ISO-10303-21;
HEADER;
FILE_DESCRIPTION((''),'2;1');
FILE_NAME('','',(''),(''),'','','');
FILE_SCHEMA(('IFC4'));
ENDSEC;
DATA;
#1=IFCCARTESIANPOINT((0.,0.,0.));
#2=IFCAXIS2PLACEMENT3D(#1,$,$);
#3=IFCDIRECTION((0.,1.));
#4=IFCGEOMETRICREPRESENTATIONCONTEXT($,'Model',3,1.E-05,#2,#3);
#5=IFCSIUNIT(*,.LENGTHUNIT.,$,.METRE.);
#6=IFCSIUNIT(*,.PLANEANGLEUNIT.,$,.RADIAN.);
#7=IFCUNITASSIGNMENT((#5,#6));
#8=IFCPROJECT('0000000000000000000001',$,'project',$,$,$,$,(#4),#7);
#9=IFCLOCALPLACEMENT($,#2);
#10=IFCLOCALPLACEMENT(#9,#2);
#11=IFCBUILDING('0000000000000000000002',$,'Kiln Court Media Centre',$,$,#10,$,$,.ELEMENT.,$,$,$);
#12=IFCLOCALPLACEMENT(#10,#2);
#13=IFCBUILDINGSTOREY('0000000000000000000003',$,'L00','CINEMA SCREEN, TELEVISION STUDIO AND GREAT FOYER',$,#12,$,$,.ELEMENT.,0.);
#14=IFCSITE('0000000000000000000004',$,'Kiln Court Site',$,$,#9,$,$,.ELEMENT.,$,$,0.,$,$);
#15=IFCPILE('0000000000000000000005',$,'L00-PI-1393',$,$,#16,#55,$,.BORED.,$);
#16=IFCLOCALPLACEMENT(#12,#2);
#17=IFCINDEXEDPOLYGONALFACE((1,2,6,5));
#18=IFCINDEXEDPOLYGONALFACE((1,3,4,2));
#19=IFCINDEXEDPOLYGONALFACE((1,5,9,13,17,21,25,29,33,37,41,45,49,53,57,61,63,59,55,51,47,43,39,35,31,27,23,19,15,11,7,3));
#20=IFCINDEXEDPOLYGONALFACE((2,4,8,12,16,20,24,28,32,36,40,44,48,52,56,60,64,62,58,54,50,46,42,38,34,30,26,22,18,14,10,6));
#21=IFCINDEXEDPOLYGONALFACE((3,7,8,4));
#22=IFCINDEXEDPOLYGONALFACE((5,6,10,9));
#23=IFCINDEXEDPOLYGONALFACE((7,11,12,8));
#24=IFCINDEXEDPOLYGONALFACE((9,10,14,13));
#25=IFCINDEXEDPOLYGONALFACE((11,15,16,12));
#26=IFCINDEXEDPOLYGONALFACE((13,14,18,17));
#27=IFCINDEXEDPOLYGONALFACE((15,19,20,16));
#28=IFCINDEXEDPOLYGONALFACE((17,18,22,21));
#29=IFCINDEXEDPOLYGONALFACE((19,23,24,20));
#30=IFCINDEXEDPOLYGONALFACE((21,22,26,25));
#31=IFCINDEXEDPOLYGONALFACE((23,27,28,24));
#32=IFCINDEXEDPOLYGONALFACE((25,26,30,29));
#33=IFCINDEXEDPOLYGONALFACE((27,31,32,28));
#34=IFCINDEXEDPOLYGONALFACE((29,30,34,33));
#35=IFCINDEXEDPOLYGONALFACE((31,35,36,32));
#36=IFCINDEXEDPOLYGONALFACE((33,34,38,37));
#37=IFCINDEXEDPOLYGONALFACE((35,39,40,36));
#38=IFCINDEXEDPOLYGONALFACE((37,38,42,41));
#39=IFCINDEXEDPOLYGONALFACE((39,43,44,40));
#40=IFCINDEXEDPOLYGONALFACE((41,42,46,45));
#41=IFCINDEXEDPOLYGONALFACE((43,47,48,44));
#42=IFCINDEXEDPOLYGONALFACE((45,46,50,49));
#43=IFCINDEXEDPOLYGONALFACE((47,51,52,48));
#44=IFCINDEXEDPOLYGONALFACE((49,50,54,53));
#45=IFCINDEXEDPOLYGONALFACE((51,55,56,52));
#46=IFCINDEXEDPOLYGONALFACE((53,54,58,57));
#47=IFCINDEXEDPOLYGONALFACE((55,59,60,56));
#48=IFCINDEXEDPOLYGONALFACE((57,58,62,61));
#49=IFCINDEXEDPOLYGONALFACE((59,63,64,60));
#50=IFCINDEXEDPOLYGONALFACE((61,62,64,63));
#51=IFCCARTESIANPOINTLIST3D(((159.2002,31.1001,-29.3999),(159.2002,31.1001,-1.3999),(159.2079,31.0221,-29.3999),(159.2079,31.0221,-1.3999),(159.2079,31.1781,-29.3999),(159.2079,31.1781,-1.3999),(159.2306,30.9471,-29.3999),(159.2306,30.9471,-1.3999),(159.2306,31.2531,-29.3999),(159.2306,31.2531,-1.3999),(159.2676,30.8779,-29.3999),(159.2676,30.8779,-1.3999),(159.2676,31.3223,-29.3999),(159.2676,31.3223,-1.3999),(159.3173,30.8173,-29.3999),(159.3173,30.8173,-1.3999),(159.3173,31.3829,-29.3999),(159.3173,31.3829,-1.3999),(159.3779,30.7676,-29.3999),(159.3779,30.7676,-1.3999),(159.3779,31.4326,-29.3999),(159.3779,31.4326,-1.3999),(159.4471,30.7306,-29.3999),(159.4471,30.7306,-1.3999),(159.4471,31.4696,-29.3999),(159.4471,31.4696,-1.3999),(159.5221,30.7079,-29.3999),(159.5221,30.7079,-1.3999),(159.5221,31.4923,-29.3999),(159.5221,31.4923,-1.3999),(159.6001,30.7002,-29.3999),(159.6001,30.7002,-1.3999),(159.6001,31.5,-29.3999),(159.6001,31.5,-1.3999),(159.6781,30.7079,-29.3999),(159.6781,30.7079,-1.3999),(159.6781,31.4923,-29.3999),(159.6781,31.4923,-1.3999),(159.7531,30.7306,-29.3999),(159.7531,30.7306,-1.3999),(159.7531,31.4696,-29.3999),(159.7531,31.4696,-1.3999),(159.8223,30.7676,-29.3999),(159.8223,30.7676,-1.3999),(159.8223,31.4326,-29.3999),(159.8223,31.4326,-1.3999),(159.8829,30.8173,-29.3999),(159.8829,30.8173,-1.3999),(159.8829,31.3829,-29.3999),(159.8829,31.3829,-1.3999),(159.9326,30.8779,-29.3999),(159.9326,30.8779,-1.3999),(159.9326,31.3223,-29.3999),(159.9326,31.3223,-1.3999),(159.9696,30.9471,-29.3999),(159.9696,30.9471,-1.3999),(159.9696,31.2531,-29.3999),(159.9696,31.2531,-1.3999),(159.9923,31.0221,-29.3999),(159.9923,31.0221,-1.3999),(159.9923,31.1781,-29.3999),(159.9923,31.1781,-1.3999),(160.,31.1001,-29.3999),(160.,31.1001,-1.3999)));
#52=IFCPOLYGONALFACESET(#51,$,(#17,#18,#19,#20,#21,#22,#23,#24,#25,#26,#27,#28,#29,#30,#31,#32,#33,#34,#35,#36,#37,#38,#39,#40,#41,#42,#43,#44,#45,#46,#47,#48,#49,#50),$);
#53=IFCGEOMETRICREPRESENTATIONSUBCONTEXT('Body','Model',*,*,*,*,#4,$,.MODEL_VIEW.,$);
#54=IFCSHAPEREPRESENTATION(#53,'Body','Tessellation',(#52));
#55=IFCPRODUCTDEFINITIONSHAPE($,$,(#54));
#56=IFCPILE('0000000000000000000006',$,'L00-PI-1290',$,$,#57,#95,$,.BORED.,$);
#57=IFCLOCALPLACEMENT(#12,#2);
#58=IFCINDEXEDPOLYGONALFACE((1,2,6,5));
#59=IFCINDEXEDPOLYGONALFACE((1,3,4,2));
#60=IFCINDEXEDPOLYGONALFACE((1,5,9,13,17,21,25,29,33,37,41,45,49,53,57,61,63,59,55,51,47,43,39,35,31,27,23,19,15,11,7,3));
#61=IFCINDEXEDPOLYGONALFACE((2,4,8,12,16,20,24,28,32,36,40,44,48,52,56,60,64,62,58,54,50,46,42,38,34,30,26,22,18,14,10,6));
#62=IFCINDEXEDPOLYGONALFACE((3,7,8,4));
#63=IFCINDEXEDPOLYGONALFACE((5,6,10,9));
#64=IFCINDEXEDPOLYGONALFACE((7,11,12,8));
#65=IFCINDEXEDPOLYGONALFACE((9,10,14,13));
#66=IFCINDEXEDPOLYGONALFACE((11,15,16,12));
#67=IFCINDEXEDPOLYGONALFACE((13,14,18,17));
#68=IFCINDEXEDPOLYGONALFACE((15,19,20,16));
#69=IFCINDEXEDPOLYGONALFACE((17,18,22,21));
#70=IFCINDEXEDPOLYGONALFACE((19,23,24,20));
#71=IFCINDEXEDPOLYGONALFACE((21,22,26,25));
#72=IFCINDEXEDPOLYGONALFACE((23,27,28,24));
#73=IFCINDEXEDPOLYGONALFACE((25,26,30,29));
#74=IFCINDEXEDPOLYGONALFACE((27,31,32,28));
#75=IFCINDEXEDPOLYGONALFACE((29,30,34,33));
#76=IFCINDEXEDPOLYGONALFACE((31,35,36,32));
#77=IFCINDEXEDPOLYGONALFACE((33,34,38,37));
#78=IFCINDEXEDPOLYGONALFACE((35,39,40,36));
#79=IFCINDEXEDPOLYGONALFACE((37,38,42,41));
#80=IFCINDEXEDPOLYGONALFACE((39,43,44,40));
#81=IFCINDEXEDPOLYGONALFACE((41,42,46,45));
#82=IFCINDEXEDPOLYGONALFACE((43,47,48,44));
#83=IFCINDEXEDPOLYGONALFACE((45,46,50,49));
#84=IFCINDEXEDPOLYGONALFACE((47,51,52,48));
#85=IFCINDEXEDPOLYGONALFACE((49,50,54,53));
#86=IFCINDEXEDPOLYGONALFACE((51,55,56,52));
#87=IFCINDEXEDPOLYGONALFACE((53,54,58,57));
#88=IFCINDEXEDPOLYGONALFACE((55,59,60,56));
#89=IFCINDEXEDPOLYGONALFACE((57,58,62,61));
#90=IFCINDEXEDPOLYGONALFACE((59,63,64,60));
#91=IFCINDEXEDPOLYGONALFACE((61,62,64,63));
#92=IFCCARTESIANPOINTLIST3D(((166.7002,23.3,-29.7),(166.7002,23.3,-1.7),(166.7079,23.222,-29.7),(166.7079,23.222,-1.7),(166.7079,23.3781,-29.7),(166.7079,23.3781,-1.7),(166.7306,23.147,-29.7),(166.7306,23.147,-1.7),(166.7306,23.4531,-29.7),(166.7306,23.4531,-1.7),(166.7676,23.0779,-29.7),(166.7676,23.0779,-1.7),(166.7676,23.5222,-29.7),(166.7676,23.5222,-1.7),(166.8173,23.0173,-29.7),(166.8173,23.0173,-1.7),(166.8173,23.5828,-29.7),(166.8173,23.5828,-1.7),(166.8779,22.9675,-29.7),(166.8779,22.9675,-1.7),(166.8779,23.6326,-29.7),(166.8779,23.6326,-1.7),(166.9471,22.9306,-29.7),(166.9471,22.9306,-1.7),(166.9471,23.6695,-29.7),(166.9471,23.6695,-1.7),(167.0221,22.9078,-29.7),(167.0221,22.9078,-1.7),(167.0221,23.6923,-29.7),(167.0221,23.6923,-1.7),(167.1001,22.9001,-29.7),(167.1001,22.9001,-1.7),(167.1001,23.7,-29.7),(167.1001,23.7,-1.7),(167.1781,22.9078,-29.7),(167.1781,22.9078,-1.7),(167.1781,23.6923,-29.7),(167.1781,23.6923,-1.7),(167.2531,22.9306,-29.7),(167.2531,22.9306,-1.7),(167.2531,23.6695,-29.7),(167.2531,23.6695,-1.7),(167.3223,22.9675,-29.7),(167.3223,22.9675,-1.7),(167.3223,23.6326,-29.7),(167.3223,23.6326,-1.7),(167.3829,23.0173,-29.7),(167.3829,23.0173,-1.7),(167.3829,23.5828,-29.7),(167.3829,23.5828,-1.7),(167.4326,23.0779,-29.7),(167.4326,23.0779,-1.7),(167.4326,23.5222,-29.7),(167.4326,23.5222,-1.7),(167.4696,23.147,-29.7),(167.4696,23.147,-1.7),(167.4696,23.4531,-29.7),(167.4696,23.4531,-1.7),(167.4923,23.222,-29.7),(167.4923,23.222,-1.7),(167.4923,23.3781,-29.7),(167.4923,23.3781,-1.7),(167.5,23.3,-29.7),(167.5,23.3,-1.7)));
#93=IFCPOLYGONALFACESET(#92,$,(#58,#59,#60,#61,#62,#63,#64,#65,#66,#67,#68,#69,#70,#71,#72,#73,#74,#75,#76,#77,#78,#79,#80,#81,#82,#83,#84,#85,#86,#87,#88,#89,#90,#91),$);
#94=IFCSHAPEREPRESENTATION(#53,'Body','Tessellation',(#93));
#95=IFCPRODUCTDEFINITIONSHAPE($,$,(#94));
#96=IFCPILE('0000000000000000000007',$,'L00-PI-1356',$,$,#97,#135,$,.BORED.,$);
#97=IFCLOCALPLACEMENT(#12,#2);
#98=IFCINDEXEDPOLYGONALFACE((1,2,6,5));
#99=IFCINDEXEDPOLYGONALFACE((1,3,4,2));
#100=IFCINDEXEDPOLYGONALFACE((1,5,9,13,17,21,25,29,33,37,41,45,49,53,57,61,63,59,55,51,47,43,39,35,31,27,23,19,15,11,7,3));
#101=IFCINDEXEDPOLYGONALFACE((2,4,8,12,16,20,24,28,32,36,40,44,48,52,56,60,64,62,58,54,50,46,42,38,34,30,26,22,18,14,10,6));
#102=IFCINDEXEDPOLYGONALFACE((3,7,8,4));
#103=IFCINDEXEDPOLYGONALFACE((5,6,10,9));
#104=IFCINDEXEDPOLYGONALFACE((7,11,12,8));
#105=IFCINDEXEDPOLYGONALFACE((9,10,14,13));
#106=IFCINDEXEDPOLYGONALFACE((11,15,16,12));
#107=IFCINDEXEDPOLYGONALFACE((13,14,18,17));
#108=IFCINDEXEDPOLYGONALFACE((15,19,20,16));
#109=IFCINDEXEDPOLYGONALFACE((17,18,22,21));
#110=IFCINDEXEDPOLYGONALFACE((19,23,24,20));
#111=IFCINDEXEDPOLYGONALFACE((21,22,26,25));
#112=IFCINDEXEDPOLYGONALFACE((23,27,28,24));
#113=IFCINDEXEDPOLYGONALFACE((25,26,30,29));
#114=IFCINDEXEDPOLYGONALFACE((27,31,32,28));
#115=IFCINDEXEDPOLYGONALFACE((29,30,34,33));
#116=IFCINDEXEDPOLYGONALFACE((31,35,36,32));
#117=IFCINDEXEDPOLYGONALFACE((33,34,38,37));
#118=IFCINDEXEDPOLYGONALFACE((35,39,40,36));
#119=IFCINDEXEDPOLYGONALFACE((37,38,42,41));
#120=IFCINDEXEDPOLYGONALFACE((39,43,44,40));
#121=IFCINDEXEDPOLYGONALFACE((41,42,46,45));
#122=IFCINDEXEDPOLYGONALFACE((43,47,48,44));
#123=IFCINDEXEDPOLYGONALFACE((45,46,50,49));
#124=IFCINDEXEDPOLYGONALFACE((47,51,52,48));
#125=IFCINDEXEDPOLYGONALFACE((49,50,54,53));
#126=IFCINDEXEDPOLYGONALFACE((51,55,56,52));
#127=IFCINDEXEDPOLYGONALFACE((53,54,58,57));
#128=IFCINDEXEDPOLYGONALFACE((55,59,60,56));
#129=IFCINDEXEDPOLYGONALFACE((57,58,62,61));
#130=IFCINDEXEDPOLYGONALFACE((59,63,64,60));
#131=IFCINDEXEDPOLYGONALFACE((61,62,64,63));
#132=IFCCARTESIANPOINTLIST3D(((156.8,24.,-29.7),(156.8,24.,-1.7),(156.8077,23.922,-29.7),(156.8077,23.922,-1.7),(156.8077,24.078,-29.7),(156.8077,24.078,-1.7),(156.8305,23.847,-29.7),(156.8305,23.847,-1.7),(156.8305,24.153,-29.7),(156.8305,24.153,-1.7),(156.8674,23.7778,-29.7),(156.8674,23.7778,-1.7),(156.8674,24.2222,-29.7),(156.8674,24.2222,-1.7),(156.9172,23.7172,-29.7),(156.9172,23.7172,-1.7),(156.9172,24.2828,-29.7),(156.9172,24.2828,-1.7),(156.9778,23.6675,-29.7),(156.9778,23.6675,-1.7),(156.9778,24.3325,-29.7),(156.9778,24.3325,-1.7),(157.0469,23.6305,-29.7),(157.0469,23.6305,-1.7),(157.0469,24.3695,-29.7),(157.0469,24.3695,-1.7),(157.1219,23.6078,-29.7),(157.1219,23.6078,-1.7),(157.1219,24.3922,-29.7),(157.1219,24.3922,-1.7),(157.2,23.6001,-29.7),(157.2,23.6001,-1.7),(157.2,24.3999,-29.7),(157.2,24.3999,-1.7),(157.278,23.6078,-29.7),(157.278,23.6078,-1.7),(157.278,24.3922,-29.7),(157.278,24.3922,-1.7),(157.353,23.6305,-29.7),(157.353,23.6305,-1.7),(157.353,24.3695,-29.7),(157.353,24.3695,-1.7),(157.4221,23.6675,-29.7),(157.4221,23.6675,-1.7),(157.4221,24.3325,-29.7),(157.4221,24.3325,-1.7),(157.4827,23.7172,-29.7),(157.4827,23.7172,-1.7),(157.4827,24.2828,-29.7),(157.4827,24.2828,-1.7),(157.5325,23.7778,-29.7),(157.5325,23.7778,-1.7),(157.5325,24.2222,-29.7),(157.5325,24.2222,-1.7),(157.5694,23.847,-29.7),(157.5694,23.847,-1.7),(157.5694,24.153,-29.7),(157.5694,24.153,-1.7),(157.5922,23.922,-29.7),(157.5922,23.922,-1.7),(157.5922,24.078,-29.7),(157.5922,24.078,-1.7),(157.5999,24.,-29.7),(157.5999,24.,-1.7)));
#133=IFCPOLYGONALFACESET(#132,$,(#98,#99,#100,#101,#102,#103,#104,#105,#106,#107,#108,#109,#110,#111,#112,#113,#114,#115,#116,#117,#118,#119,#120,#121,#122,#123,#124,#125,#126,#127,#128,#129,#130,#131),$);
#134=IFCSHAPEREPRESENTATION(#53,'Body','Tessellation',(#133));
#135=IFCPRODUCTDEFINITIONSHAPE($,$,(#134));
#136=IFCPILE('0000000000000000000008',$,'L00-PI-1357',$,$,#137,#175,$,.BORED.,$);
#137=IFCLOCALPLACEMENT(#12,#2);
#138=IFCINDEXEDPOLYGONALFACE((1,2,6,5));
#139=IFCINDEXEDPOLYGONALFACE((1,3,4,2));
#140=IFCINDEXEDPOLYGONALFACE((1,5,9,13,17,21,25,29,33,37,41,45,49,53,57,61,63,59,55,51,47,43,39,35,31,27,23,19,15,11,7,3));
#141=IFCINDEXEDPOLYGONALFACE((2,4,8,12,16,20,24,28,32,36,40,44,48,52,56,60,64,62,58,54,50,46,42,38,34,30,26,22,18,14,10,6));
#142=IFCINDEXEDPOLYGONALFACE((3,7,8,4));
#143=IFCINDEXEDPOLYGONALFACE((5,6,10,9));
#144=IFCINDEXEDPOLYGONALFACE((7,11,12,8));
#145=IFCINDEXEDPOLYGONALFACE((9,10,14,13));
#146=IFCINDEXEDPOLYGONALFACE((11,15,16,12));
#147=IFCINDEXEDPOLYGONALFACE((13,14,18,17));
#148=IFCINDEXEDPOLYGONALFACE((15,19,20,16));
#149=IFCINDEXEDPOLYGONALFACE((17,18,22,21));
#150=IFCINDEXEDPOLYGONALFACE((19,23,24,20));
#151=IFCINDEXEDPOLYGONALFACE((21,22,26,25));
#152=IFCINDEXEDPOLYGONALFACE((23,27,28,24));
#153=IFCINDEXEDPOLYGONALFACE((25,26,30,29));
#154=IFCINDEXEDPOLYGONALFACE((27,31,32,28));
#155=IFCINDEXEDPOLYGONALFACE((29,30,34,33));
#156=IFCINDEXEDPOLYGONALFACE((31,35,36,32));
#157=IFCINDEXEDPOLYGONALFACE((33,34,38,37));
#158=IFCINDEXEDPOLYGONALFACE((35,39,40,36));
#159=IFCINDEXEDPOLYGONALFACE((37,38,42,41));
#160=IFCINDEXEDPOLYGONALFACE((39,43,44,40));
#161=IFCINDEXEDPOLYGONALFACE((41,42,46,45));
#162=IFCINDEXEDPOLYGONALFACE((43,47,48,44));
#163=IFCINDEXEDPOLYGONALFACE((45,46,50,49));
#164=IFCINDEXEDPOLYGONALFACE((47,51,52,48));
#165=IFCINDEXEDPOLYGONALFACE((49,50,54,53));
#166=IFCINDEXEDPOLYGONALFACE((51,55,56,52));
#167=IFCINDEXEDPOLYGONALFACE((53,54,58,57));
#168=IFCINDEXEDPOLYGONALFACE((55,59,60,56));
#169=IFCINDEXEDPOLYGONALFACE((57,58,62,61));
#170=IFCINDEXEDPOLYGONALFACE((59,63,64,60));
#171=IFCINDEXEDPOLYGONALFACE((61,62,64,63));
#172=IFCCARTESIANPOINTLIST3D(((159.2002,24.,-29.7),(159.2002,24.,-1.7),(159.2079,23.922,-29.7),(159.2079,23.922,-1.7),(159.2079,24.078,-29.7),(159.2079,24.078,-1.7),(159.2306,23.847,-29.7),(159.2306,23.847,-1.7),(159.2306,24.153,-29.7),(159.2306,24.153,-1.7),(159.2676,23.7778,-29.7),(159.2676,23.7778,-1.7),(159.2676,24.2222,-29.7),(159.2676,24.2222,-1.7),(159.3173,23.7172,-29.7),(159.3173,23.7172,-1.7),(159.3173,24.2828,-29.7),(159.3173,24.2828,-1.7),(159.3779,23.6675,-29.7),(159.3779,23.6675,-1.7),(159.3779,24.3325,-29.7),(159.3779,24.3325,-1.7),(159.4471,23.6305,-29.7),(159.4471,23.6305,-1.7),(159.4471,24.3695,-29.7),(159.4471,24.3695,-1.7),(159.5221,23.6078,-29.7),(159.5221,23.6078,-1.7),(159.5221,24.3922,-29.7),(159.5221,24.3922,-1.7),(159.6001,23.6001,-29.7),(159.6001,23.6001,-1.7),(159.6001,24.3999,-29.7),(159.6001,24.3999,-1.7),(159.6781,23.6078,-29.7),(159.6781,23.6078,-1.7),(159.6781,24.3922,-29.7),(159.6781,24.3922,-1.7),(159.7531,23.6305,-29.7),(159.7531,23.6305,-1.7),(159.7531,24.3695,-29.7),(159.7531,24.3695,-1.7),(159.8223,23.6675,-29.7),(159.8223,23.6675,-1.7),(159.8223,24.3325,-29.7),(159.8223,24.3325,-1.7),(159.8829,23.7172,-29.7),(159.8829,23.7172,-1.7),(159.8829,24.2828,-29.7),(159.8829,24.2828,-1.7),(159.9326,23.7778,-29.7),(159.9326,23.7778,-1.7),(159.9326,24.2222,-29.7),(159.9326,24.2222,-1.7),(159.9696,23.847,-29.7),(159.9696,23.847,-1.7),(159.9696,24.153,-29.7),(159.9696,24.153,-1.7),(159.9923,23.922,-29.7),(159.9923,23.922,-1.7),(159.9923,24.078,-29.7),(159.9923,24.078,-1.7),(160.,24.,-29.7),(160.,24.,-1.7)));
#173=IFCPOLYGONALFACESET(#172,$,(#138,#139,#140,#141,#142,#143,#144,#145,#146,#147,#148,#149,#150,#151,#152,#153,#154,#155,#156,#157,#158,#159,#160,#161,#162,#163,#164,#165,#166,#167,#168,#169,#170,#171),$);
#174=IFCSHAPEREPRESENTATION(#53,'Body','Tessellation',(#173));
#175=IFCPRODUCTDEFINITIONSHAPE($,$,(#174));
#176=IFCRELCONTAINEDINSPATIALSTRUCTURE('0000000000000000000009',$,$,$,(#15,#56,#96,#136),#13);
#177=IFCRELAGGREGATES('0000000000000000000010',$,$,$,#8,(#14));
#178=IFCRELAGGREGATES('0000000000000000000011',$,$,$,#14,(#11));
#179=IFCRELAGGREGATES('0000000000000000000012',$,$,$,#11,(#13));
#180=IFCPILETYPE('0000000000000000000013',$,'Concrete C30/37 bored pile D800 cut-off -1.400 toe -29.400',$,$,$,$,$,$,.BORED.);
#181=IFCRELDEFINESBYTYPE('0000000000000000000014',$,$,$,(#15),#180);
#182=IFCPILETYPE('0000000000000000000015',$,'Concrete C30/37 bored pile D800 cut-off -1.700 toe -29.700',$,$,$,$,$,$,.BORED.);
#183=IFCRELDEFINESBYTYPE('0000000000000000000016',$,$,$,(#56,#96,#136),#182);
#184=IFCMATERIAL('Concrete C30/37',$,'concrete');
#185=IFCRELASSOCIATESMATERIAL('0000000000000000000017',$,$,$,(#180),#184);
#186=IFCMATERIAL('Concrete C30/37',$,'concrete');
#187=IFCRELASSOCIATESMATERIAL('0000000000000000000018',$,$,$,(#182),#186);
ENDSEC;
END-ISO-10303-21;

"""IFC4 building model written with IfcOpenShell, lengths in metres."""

from ifc_helpers import new_model, si_unit, direction, frame, origin, origin_2d, place, context, subcontext, project, spatial, circle, extrude, material, material_profile, profile_set, type_object, element, save


model = new_model("IFC4")

# Units and contexts
model_context = context("Model", 3, precision=1e-05, world=origin(), true_north=direction((0.0, 1.0)))
body_context = subcontext(model_context, "Body", "Model", "MODEL_VIEW")
ifc_project = project(units=[si_unit("LENGTHUNIT", "METRE"), si_unit("PLANEANGLEUNIT", "RADIAN")], contexts=[model_context])

# Site, building, storey
site_placement = place(None, origin())
site = spatial("IfcSite", under=ifc_project, at=site_placement, Name="Kiln Court Site", CompositionType="ELEMENT", RefElevation=0.0)
building_placement = place(site_placement, origin())
building = spatial("IfcBuilding", under=site, at=building_placement, Name="Kiln Court Media Centre", CompositionType="ELEMENT")
storey_placement = place(building_placement, origin())
storey = spatial("IfcBuildingStorey", under=building, at=storey_placement, Name="L00", Description="CINEMA SCREEN, TELEVISION STUDIO AND GREAT FOYER", CompositionType="ELEMENT", Elevation=0.0)

# Piles
ifc_material_1 = material(Name="Concrete C30/37", Category="concrete")
ifc_material_profile_1 = material_profile(ifc_material_1, circle(Radius=0.3999, at=origin_2d()), Name="PILE D800")
ifc_profile_set_1 = profile_set([ifc_material_profile_1], Name="Concrete C30/37")
pile_type_1 = type_object("IfcPileType", Name="Concrete C30/37 bored pile D800 cut-off -1.400 toe -29.400", PredefinedType="BORED", material=ifc_profile_set_1)
pile_placement = place(storey_placement, frame((159.6001, 31.1001, -1.3999), z_axis=(0.0, 0.0, -1.0), x_axis=(1.0, 0.0, 0.0)))
element("IfcPile", 1, at=pile_placement, inside=storey, type_object=pile_type_1, Name="L00-PI-1393", PredefinedType="BORED", context=body_context, shape_type="SweptSolid", body=[
    extrude(circle(Radius=0.3999, at=origin_2d()), origin(), (0.0, 0.0, 1.0), 28.0),
])
ifc_material_2 = material(Name="Concrete C30/37", Category="concrete")
ifc_material_profile_2 = material_profile(ifc_material_2, circle(Radius=0.3999, at=origin_2d()), Name="PILE D800")
ifc_profile_set_2 = profile_set([ifc_material_profile_2], Name="Concrete C30/37")
pile_type_2 = type_object("IfcPileType", Name="Concrete C30/37 bored pile D800 cut-off -1.700 toe -29.700", PredefinedType="BORED", material=ifc_profile_set_2)
for number, where, z_axis, x_axis, name in (
    (2, (167.1001, 23.3, -1.7), (0.0, 0.0, -1.0), (1.0, 0.0, 0.0), "L00-PI-1290"),
    (3, (157.2, 24.0, -1.7), (0.0, 0.0, -1.0), (1.0, 0.0, 0.0), "L00-PI-1356"),
    (4, (159.6001, 24.0, -1.7), (0.0, 0.0, -1.0), (1.0, 0.0, 0.0), "L00-PI-1357"),
):
    element("IfcPile", number, at=place(storey_placement, frame(where, z_axis=z_axis, x_axis=x_axis)), inside=storey, type_object=pile_type_2, Name=name, PredefinedType="BORED", context=body_context, shape_type="SweptSolid", body=[
        extrude(circle(Radius=0.3999, at=origin_2d()), origin(), (0.0, 0.0, 1.0), 28.0),
    ])

save(model, "model.ifc")
